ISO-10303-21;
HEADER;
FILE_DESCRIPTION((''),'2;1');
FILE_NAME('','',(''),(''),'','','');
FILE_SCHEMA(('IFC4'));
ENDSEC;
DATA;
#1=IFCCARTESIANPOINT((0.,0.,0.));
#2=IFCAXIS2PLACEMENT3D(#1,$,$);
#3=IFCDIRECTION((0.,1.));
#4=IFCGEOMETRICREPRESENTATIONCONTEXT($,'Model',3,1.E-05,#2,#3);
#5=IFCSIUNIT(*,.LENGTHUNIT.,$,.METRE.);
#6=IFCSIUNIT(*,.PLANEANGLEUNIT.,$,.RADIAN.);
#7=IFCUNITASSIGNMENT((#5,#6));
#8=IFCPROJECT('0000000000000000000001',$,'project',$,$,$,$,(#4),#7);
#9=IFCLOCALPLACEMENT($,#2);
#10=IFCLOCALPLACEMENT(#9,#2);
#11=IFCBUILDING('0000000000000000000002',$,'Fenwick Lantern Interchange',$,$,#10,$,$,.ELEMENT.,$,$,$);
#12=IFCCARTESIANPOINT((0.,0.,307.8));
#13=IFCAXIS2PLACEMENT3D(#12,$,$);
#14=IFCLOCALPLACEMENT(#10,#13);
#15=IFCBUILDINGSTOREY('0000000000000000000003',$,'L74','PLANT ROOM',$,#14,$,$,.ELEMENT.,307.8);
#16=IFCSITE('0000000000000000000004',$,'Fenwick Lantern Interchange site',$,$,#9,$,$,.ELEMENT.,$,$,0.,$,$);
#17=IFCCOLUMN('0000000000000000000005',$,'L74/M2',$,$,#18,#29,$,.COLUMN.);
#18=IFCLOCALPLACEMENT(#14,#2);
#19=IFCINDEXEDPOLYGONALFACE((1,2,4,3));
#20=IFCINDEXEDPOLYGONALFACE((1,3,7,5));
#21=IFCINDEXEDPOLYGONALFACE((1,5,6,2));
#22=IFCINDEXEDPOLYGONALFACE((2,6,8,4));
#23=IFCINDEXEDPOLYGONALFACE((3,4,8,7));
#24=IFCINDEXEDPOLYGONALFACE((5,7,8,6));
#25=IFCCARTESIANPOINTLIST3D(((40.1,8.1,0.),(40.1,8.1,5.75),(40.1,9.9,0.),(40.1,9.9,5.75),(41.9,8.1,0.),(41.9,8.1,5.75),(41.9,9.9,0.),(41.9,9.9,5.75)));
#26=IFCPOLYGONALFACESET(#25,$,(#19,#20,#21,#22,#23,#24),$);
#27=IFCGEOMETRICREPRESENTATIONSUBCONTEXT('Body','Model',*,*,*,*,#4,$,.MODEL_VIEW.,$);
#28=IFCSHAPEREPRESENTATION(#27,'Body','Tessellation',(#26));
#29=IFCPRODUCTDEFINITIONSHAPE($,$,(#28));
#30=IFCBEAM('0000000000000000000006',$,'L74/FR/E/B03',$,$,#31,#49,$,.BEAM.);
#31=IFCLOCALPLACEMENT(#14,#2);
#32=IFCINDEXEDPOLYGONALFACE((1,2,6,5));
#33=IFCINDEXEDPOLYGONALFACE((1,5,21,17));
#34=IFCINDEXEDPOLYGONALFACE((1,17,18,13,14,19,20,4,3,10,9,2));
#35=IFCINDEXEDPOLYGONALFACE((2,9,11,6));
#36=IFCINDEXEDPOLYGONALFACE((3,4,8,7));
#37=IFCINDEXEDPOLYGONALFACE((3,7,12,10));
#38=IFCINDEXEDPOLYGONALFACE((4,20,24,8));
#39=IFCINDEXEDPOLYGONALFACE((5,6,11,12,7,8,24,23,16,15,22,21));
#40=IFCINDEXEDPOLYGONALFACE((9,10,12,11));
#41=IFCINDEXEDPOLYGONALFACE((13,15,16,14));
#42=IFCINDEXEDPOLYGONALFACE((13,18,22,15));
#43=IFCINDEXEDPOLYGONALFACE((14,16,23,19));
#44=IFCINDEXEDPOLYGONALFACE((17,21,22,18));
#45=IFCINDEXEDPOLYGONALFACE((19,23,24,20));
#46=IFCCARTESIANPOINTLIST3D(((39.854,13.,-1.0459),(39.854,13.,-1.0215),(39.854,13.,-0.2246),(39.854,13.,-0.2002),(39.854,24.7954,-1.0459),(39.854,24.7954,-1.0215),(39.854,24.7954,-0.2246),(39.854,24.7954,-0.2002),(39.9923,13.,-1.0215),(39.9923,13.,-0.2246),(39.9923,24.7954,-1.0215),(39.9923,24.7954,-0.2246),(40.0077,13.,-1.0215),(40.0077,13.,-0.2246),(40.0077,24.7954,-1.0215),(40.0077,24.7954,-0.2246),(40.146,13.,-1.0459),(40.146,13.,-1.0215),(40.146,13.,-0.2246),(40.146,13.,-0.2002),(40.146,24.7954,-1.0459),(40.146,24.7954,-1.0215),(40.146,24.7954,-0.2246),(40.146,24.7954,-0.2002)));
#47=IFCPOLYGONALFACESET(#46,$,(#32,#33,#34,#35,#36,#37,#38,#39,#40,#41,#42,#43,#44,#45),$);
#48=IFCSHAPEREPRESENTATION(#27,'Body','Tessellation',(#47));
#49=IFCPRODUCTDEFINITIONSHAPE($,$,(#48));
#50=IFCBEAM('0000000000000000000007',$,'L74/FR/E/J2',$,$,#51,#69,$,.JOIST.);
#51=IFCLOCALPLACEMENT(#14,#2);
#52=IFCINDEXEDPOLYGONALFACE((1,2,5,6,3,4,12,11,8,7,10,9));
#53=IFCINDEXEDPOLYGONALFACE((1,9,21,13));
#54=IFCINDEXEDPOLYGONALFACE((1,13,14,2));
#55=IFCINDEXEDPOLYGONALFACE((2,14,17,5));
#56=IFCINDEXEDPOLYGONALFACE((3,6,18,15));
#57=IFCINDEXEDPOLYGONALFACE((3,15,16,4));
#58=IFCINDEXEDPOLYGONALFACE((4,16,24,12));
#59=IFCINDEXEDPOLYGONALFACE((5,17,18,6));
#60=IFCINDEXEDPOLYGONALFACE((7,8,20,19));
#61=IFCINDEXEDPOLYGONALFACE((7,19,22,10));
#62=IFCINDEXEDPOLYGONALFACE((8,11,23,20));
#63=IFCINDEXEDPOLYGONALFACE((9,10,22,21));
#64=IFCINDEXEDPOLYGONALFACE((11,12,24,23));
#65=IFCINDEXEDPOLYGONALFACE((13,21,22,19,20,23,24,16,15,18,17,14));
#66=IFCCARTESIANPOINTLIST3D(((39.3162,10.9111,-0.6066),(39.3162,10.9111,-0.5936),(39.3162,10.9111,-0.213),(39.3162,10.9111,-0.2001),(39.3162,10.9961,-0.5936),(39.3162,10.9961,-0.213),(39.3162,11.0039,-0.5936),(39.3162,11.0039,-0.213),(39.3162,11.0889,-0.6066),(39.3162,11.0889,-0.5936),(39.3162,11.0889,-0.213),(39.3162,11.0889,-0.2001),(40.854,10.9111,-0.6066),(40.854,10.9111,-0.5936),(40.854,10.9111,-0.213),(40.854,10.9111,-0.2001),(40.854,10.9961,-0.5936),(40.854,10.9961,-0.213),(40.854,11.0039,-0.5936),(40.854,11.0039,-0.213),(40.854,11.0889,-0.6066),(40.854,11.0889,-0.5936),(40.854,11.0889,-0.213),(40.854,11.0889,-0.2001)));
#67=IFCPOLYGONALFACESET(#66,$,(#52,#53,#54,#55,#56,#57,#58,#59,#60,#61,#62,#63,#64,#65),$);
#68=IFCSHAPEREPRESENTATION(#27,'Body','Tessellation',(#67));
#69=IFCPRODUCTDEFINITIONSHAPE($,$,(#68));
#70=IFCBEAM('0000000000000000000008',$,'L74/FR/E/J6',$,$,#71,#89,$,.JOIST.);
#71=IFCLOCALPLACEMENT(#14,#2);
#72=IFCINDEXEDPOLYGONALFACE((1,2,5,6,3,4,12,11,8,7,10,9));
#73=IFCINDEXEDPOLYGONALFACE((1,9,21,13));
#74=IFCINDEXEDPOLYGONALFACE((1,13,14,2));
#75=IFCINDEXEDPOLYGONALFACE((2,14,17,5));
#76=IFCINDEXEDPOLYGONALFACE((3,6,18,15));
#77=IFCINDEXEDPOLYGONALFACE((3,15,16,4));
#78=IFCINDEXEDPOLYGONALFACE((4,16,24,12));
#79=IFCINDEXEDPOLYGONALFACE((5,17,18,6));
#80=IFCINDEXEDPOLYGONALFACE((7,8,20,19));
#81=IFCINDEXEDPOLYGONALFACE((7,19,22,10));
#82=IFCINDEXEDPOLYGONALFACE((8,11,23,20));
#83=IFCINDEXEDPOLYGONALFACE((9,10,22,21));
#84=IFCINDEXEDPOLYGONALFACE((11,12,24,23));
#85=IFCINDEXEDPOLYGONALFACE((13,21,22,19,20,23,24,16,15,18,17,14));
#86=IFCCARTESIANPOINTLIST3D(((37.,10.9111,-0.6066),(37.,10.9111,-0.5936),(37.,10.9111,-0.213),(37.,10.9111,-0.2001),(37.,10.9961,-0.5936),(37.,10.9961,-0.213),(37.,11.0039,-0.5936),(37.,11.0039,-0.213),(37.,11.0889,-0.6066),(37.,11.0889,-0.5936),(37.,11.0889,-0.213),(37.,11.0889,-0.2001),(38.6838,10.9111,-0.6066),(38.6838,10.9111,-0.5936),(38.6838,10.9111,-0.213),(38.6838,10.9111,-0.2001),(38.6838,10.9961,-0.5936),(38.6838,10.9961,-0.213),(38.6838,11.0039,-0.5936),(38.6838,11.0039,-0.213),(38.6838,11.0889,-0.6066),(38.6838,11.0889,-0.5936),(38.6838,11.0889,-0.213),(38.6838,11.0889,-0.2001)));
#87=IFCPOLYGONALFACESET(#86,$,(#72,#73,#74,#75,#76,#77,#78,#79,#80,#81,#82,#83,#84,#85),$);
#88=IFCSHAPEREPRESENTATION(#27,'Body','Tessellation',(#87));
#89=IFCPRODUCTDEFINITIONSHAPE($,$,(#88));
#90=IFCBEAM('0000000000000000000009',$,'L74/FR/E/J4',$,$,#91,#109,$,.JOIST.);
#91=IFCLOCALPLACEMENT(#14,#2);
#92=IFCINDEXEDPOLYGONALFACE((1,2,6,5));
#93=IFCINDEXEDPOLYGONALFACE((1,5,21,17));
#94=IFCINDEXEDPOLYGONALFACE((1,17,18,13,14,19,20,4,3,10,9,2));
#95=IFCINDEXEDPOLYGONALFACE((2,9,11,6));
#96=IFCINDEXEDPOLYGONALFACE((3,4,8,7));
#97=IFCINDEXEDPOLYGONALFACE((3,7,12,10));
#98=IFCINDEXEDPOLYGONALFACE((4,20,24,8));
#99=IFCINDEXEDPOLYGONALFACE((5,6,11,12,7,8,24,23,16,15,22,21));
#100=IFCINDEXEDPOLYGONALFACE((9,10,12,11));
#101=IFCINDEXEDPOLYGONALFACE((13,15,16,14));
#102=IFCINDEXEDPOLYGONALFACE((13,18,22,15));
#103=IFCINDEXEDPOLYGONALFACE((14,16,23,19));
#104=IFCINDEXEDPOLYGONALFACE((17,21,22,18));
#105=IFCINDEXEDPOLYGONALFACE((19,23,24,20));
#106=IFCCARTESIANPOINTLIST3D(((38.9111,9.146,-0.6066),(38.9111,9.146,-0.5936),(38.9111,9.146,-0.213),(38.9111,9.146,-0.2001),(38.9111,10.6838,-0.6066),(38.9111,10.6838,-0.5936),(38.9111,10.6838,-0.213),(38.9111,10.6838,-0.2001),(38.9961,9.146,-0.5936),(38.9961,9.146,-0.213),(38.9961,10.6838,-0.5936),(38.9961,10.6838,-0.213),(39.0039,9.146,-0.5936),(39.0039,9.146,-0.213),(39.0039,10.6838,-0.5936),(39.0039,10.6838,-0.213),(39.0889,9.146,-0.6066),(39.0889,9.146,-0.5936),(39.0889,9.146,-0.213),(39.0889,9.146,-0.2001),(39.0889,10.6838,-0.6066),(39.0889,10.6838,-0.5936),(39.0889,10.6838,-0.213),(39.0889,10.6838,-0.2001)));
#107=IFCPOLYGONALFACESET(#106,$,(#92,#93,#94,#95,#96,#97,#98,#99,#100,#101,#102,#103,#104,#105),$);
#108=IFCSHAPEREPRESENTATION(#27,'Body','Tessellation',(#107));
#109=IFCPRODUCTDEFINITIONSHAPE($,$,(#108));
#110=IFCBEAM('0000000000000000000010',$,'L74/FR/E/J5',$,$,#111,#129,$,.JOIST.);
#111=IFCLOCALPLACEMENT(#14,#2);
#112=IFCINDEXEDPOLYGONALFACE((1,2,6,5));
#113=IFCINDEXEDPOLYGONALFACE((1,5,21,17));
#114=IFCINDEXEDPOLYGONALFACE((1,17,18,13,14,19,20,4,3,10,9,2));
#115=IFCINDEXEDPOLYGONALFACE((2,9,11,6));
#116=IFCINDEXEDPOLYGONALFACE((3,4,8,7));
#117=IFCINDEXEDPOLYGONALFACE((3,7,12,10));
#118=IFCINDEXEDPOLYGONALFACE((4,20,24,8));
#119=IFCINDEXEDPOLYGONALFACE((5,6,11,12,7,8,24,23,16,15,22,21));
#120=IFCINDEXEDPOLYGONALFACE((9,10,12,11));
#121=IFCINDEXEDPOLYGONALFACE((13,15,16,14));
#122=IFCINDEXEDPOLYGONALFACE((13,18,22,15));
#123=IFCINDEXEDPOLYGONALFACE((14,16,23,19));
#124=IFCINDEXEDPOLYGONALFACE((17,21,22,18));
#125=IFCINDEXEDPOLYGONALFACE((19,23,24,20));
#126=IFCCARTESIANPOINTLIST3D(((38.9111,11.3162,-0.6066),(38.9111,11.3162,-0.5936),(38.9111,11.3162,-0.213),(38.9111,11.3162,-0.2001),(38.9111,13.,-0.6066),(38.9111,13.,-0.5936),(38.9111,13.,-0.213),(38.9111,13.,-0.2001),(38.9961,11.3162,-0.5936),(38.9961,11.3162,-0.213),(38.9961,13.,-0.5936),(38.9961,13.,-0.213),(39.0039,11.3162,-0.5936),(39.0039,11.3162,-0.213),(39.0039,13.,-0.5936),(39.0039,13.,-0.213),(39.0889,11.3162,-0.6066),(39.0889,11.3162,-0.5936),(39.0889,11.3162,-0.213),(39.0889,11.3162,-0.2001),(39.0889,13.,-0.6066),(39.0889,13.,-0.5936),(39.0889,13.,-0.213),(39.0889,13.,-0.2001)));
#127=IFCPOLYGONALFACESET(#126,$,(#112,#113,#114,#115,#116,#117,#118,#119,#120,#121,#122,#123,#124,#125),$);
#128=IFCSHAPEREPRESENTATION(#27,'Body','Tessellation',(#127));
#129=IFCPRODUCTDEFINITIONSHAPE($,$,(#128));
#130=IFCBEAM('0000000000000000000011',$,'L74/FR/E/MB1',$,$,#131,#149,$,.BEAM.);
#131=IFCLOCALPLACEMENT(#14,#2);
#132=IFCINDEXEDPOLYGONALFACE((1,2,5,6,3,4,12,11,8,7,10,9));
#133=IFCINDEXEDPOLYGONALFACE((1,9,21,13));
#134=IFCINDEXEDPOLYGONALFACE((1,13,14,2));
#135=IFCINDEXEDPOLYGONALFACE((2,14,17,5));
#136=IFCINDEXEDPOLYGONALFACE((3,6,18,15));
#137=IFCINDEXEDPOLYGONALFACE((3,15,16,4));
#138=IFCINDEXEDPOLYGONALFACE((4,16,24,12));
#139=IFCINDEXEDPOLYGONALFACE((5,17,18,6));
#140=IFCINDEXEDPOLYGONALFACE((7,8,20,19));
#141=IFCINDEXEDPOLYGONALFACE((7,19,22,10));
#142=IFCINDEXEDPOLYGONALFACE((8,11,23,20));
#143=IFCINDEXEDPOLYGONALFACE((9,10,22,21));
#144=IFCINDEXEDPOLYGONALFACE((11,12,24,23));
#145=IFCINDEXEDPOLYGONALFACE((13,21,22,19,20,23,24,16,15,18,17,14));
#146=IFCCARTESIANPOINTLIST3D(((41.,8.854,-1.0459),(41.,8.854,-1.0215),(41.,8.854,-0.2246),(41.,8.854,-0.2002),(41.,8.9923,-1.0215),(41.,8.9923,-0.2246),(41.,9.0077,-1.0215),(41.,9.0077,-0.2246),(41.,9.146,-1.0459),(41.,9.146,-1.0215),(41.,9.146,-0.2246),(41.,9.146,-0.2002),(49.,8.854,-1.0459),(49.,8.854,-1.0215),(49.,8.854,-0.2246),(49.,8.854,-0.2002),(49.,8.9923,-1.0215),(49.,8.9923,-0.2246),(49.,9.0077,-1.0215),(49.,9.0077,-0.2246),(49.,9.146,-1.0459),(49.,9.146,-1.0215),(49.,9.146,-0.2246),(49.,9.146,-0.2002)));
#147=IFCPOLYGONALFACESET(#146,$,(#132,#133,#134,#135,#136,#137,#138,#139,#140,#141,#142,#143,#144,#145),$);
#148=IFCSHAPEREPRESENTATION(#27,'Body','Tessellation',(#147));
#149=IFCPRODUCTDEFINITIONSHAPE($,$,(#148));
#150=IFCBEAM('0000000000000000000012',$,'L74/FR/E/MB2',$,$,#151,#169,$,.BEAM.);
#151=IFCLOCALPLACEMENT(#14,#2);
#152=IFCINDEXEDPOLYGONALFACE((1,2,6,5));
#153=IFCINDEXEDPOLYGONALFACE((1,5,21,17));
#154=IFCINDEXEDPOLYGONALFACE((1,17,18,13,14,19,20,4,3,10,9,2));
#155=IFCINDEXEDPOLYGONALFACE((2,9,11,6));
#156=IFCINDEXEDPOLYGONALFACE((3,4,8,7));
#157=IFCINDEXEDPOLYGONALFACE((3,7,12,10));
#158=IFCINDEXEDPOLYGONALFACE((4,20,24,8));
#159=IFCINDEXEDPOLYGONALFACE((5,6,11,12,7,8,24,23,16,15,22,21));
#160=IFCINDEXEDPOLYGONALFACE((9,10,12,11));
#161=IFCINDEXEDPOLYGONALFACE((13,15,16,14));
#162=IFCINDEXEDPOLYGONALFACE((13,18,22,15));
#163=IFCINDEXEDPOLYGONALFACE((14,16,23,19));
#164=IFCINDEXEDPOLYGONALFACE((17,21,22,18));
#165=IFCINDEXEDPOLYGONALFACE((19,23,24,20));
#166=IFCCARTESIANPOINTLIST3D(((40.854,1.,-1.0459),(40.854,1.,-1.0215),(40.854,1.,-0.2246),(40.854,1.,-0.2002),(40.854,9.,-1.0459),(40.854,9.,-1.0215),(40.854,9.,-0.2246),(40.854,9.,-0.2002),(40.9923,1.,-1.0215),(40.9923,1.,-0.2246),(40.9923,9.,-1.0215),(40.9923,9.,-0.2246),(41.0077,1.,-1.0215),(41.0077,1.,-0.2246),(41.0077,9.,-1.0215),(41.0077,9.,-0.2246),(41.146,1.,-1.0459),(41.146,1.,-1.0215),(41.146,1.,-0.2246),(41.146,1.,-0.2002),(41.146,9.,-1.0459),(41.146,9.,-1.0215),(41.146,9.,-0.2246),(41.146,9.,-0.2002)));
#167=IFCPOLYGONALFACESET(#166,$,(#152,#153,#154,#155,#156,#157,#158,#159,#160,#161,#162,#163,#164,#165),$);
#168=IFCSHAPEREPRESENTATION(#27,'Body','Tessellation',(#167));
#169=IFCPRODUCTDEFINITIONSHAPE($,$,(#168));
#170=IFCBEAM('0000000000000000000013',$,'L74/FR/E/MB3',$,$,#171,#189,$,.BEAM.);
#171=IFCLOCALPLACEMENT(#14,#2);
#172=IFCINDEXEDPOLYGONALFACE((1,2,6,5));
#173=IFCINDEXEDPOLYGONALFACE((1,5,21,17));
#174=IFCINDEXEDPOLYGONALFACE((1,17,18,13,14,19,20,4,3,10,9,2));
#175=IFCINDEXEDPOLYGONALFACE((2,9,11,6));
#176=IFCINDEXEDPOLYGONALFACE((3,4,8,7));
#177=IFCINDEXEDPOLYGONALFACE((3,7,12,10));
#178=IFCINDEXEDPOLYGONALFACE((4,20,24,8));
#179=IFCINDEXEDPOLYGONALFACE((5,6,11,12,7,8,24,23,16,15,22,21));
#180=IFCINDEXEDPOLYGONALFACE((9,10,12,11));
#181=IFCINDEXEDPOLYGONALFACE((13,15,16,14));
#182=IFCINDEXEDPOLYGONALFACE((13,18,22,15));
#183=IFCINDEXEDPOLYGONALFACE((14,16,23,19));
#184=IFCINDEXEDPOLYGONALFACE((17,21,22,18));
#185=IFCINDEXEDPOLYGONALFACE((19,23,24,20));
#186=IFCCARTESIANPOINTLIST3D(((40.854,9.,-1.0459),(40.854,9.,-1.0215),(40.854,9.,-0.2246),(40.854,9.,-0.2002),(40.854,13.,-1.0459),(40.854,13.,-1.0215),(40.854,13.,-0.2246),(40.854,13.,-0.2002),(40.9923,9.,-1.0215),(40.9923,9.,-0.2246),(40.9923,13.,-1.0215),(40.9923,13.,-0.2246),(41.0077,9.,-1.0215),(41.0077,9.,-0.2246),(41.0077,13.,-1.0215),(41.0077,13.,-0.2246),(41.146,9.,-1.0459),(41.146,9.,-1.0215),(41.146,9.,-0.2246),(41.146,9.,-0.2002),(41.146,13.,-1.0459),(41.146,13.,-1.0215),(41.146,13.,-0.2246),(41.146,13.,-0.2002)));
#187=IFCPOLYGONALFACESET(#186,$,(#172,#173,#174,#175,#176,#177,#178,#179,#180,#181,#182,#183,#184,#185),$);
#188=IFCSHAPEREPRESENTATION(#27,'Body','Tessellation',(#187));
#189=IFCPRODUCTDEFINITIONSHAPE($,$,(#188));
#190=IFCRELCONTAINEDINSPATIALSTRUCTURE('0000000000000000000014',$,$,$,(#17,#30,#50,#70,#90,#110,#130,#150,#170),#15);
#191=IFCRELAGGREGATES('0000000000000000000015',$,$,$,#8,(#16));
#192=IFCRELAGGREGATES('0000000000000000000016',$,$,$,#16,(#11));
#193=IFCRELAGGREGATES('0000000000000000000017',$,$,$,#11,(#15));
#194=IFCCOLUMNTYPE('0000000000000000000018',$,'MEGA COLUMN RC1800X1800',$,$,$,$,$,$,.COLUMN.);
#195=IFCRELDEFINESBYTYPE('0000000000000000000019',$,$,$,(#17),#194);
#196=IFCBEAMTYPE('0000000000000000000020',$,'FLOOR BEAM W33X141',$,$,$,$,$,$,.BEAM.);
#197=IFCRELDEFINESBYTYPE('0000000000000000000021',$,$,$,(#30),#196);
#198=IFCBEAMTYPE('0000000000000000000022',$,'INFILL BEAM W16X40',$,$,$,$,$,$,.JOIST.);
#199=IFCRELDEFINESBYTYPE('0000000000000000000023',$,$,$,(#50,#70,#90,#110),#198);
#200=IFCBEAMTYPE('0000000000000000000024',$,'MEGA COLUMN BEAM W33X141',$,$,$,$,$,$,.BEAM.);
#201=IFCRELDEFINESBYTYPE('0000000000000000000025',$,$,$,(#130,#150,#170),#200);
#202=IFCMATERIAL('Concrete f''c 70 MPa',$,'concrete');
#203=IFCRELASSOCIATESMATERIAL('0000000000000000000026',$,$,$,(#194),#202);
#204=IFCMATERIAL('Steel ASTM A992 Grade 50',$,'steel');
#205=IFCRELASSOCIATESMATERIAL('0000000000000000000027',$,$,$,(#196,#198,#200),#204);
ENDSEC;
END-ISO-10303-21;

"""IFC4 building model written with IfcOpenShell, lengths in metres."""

from ifc_helpers import new_model, si_unit, direction, frame, origin, origin_2d, place, context, subcontext, project, spatial, rectangle, i_section, extrude, material, material_profile, profile_set, type_object, element, save


model = new_model("IFC4")

# Units and contexts
model_context = context("Model", 3, precision=1e-05, world=origin(), true_north=direction((0.0, 1.0)))
body_context = subcontext(model_context, "Body", "Model", "MODEL_VIEW")
ifc_project = project(units=[si_unit("LENGTHUNIT", "METRE"), si_unit("PLANEANGLEUNIT", "RADIAN")], contexts=[model_context])

# Site, building, storey
site_placement = place(None, origin())
site = spatial("IfcSite", under=ifc_project, at=site_placement, Name="Fenwick Lantern Interchange site", CompositionType="ELEMENT", RefElevation=0.0)
building_placement = place(site_placement, origin())
building = spatial("IfcBuilding", under=site, at=building_placement, Name="Fenwick Lantern Interchange", CompositionType="ELEMENT")
storey_placement = place(building_placement, frame((0.0, 0.0, 307.8)))
storey = spatial("IfcBuildingStorey", under=building, at=storey_placement, Name="L74", Description="PLANT ROOM", CompositionType="ELEMENT", Elevation=307.8)

# Column
ifc_material_1 = material(Name="Concrete f'c 70 MPa", Category="concrete")
ifc_material_profile_1 = material_profile(ifc_material_1, rectangle(XDim=1.8, YDim=1.8, at=origin_2d()), Name="RC1800X1800")
ifc_profile_set_1 = profile_set([ifc_material_profile_1], Name="Concrete f'c 70 MPa")
column_type = type_object("IfcColumnType", Name="MEGA COLUMN RC1800X1800", PredefinedType="COLUMN", material=ifc_profile_set_1)
column_placement = place(storey_placement, frame((41.0, 9.0, 0.0), z_axis=(0.0, 0.0, 1.0), x_axis=(1.0, 0.0, 0.0)))
element("IfcColumn", 1, at=column_placement, inside=storey, type_object=column_type, Name="L74/M2", PredefinedType="COLUMN", context=body_context, shape_type="SweptSolid", body=[
    extrude(rectangle(XDim=1.8, YDim=1.8, at=origin_2d()), origin(), (0.0, 0.0, 1.0), 5.75),
])

# Beams
ifc_material_2 = material(Name="Steel ASTM A992 Grade 50", Category="steel")
ifc_material_profile_2 = material_profile(ifc_material_2, i_section(OverallWidth=0.292, OverallDepth=0.8457, WebThickness=0.0154, FlangeThickness=0.0244, at=origin_2d()), Name="W33X141")
ifc_profile_set_2 = profile_set([ifc_material_profile_2], Name="Steel ASTM A992 Grade 50")
beam_type_1 = type_object("IfcBeamType", Name="FLOOR BEAM W33X141", PredefinedType="BEAM", material=ifc_profile_set_2)
beam_1_placement = place(storey_placement, frame((40.0, 13.0, -0.623), z_axis=(0.0, 1.0, 0.0), x_axis=(-1.0, 0.0, 0.0)))
element("IfcBeam", 2, at=beam_1_placement, inside=storey, type_object=beam_type_1, Name="L74/FR/E/B03", PredefinedType="BEAM", context=body_context, shape_type="SweptSolid", body=[
    extrude(i_section(OverallWidth=0.292, OverallDepth=0.8457, WebThickness=0.0154, FlangeThickness=0.0244, at=origin_2d()), origin(), (0.0, 0.0, 1.0), 11.7954),
])
ifc_material_profile_3 = material_profile(ifc_material_2, i_section(OverallWidth=0.1777, OverallDepth=0.4065, WebThickness=0.0078, FlangeThickness=0.0129, at=origin_2d()), Name="W16X40")
ifc_profile_set_3 = profile_set([ifc_material_profile_3], Name="Steel ASTM A992 Grade 50")
beam_type_2 = type_object("IfcBeamType", Name="INFILL BEAM W16X40", PredefinedType="JOIST", material=ifc_profile_set_3)
beam_2_placement = place(storey_placement, frame((40.854, 11.0, -0.4033), z_axis=(-1.0, 0.0, 0.0), x_axis=(0.0, -1.0, 0.0)))
element("IfcBeam", 3, at=beam_2_placement, inside=storey, type_object=beam_type_2, Name="L74/FR/E/J2", PredefinedType="JOIST", context=body_context, shape_type="SweptSolid", body=[
    extrude(i_section(OverallWidth=0.1777, OverallDepth=0.4065, WebThickness=0.0078, FlangeThickness=0.0129, at=origin_2d()), origin(), (0.0, 0.0, 1.0), 1.5378),
])
beam_3_placement = place(storey_placement, frame((38.6838, 11.0, -0.4033), z_axis=(-1.0, 0.0, 0.0), x_axis=(0.0, -1.0, 0.0)))
element("IfcBeam", 4, at=beam_3_placement, inside=storey, type_object=beam_type_2, Name="L74/FR/E/J6", PredefinedType="JOIST", context=body_context, shape_type="SweptSolid", body=[
    extrude(i_section(OverallWidth=0.1777, OverallDepth=0.4065, WebThickness=0.0078, FlangeThickness=0.0129, at=origin_2d()), origin(), (0.0, 0.0, 1.0), 1.6838),
])
beam_4_placement = place(storey_placement, frame((39.0, 9.146, -0.4033), z_axis=(0.0, 1.0, 0.0), x_axis=(-1.0, 0.0, 0.0)))
element("IfcBeam", 5, at=beam_4_placement, inside=storey, type_object=beam_type_2, Name="L74/FR/E/J4", PredefinedType="JOIST", context=body_context, shape_type="SweptSolid", body=[
    extrude(i_section(OverallWidth=0.1777, OverallDepth=0.4065, WebThickness=0.0078, FlangeThickness=0.0129, at=origin_2d()), origin(), (0.0, 0.0, 1.0), 1.5378),
])
beam_5_placement = place(storey_placement, frame((39.0, 11.3162, -0.4033), z_axis=(0.0, 1.0, 0.0), x_axis=(-1.0, 0.0, 0.0)))
element("IfcBeam", 6, at=beam_5_placement, inside=storey, type_object=beam_type_2, Name="L74/FR/E/J5", PredefinedType="JOIST", context=body_context, shape_type="SweptSolid", body=[
    extrude(i_section(OverallWidth=0.1777, OverallDepth=0.4065, WebThickness=0.0078, FlangeThickness=0.0129, at=origin_2d()), origin(), (0.0, 0.0, 1.0), 1.6838),
])
ifc_material_profile_4 = material_profile(ifc_material_2, i_section(OverallWidth=0.292, OverallDepth=0.8457, WebThickness=0.0154, FlangeThickness=0.0244, at=origin_2d()), Name="W33X141")
ifc_profile_set_4 = profile_set([ifc_material_profile_4], Name="Steel ASTM A992 Grade 50")
beam_type_3 = type_object("IfcBeamType", Name="MEGA COLUMN BEAM W33X141", PredefinedType="BEAM", material=ifc_profile_set_4)
for number, where, z_axis, x_axis, name in (
    (7, (41.0, 9.0, -0.623), (1.0, 0.0, 0.0), (0.0, 1.0, 0.0), "L74/FR/E/MB1"),
    (8, (41.0, 9.0, -0.623), (0.0, -1.0, 0.0), (1.0, 0.0, 0.0), "L74/FR/E/MB2"),
):
    element("IfcBeam", number, at=place(storey_placement, frame(where, z_axis=z_axis, x_axis=x_axis)), inside=storey, type_object=beam_type_3, Name=name, PredefinedType="BEAM", context=body_context, shape_type="SweptSolid", body=[
        extrude(i_section(OverallWidth=0.292, OverallDepth=0.8457, WebThickness=0.0154, FlangeThickness=0.0244, at=origin_2d()), origin(), (0.0, 0.0, 1.0), 8.0),
    ])
for number, where, z_axis, x_axis, name in (
    (9, (41.0, 9.0, -0.623), (0.0, 1.0, 0.0), (-1.0, 0.0, 0.0), "L74/FR/E/MB3"),
):
    element("IfcBeam", number, at=place(storey_placement, frame(where, z_axis=z_axis, x_axis=x_axis)), inside=storey, type_object=beam_type_3, Name=name, PredefinedType="BEAM", context=body_context, shape_type="SweptSolid", body=[
        extrude(i_section(OverallWidth=0.292, OverallDepth=0.8457, WebThickness=0.0154, FlangeThickness=0.0244, at=origin_2d()), origin(), (0.0, 0.0, 1.0), 4.0),
    ])

save(model, "model.ifc")
